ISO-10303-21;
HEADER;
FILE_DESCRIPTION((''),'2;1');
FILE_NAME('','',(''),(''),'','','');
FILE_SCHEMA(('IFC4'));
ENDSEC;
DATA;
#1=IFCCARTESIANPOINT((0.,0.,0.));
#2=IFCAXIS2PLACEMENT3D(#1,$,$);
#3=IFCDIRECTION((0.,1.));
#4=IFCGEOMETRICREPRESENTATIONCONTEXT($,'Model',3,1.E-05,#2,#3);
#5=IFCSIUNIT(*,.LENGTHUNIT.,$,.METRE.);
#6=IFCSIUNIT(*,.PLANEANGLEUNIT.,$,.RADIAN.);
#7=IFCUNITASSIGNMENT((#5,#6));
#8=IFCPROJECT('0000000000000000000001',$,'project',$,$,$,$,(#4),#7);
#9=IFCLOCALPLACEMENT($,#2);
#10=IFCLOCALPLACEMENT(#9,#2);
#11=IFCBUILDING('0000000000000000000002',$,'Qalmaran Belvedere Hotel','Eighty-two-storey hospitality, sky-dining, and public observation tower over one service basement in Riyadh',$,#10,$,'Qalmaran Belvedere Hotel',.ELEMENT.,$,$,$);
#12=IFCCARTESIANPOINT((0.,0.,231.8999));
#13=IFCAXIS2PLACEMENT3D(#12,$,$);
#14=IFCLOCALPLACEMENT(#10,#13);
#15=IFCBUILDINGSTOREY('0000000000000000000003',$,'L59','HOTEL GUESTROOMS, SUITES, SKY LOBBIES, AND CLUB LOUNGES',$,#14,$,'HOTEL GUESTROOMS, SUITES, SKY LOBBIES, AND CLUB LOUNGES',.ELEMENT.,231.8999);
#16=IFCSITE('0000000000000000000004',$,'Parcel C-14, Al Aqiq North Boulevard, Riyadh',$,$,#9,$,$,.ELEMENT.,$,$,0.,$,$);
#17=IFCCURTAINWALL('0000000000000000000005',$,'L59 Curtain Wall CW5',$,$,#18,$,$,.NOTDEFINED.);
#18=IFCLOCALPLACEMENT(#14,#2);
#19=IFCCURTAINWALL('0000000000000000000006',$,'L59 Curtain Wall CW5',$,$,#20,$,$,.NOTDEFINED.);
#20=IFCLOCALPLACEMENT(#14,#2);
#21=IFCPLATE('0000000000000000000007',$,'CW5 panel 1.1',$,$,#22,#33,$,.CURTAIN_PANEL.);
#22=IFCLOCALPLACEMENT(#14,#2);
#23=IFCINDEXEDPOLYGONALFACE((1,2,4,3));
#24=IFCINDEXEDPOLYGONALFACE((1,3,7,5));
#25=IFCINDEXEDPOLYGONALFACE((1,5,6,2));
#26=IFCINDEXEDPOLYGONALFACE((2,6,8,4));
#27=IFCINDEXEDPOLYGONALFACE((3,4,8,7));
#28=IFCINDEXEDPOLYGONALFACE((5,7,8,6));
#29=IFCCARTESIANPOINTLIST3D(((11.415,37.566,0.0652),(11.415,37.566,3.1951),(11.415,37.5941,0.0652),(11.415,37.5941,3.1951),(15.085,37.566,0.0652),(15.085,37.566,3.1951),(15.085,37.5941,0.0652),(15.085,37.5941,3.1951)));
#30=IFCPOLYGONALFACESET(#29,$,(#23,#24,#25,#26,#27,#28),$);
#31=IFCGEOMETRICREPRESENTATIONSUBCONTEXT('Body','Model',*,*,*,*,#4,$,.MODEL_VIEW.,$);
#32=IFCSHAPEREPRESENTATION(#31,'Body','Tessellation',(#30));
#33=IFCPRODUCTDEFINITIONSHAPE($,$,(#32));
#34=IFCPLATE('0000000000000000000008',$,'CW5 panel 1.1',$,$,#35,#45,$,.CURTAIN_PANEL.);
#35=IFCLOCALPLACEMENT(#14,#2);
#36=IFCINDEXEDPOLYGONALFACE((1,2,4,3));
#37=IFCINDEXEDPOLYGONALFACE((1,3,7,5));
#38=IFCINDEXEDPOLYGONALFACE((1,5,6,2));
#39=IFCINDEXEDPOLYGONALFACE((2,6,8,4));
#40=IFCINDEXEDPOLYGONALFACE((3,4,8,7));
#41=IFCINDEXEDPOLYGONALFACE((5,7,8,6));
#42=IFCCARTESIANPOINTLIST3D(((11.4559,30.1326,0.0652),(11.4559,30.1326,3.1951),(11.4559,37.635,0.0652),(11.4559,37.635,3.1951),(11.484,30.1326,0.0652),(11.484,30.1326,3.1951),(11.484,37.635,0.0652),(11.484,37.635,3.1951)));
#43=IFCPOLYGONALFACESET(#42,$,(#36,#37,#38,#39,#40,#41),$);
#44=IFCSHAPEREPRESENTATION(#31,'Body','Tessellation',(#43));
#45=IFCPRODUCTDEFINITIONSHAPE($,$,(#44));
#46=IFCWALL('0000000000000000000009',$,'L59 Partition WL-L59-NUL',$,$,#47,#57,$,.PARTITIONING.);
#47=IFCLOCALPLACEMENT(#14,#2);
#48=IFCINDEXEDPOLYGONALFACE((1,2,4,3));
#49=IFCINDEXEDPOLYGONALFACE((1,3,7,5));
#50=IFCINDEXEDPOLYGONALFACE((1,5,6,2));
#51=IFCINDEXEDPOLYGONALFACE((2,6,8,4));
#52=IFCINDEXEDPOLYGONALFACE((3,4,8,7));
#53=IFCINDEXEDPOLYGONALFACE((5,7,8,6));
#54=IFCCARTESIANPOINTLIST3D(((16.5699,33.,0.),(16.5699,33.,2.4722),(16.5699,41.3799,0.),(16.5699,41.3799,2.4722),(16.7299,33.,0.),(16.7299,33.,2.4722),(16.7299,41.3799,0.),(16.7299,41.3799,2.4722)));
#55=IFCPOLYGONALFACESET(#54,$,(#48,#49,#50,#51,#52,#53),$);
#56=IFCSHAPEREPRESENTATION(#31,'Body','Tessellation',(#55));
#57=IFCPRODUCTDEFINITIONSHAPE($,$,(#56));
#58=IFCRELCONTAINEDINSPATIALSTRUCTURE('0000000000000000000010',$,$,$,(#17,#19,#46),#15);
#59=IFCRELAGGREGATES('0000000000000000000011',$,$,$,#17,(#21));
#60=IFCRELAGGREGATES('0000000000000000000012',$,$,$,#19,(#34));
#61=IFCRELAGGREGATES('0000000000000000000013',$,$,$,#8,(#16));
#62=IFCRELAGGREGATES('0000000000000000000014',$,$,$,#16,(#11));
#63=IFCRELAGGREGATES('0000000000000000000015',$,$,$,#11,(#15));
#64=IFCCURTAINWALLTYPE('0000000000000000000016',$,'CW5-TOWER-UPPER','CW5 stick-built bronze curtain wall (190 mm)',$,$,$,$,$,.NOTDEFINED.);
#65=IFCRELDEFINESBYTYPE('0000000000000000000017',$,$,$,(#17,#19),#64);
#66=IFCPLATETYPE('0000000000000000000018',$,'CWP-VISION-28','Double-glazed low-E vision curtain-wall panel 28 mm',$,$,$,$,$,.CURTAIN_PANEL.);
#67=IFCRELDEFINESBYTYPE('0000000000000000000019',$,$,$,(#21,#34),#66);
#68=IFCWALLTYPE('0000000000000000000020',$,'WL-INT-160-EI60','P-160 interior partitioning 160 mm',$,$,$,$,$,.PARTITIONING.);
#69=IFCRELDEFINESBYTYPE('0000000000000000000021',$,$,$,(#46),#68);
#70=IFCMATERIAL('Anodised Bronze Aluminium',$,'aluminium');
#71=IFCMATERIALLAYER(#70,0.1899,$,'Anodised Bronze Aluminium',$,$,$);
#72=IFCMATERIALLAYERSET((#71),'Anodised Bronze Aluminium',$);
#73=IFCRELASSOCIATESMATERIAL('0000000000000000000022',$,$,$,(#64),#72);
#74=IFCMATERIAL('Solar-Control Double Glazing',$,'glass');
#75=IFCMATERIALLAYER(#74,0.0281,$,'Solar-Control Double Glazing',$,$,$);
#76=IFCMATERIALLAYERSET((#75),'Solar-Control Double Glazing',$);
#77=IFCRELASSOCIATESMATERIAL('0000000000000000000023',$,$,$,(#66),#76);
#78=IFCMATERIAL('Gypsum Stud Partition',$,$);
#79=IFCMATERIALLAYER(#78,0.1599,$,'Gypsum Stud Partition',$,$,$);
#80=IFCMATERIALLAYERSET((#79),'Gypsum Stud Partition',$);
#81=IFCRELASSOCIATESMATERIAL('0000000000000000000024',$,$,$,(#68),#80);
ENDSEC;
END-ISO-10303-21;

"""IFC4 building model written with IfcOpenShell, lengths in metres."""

from ifc_helpers import new_model, si_unit, direction, frame, frame_2d, origin, origin_2d, place, context, subcontext, project, spatial, rectangle, extrude, material, layer, layer_set, type_object, element, aggregate, save


model = new_model("IFC4")

# Units and contexts
model_context = context("Model", 3, precision=1e-05, world=origin(), true_north=direction((0.0, 1.0)))
body_context = subcontext(model_context, "Body", "Model", "MODEL_VIEW")
ifc_project = project(units=[si_unit("LENGTHUNIT", "METRE"), si_unit("PLANEANGLEUNIT", "RADIAN")], contexts=[model_context])

# Site, building, storey
site_placement = place(None, origin())
site = spatial("IfcSite", under=ifc_project, at=site_placement, Name="Parcel C-14, Al Aqiq North Boulevard, Riyadh", CompositionType="ELEMENT", RefElevation=0.0)
building_placement = place(site_placement, origin())
building = spatial("IfcBuilding", under=site, at=building_placement, Name="Qalmaran Belvedere Hotel", Description="Eighty-two-storey hospitality, sky-dining, and public observation tower over one service basement in Riyadh", LongName="Qalmaran Belvedere Hotel", CompositionType="ELEMENT")
storey_placement = place(building_placement, frame((0.0, 0.0, 231.8999)))
storey = spatial("IfcBuildingStorey", under=building, at=storey_placement, Name="L59", Description="HOTEL GUESTROOMS, SUITES, SKY LOBBIES, AND CLUB LOUNGES", LongName="HOTEL GUESTROOMS, SUITES, SKY LOBBIES, AND CLUB LOUNGES", CompositionType="ELEMENT", Elevation=231.8999)

# Shared definitions
ifc_material_1 = material(Name="Anodised Bronze Aluminium", Category="aluminium")
ifc_layer_1 = layer(ifc_material_1, 0.1899, Name="Anodised Bronze Aluminium")
ifc_layer_set_1 = layer_set([ifc_layer_1], Name="Anodised Bronze Aluminium")
curtain_wall_type = type_object("IfcCurtainWallType", Name="CW5-TOWER-UPPER", Description="CW5 stick-built bronze curtain wall (190 mm)", PredefinedType="NOTDEFINED", material=ifc_layer_set_1)

# Curtain wall
curtain_wall_1_placement = place(storey_placement, origin())
curtain_wall_1 = element("IfcCurtainWall", 1, at=curtain_wall_1_placement, inside=storey, type_object=curtain_wall_type, Name="L59 Curtain Wall CW5", PredefinedType="NOTDEFINED")

# Curtain wall
curtain_wall_2_placement = place(storey_placement, origin())
curtain_wall_2 = element("IfcCurtainWall", 2, at=curtain_wall_2_placement, inside=storey, type_object=curtain_wall_type, Name="L59 Curtain Wall CW5", PredefinedType="NOTDEFINED")

# Plates
ifc_material_2 = material(Name="Solar-Control Double Glazing", Category="glass")
ifc_layer_2 = layer(ifc_material_2, 0.0281, Name="Solar-Control Double Glazing")
ifc_layer_set_2 = layer_set([ifc_layer_2], Name="Solar-Control Double Glazing")
plate_type = type_object("IfcPlateType", Name="CWP-VISION-28", Description="Double-glazed low-E vision curtain-wall panel 28 mm", PredefinedType="CURTAIN_PANEL", material=ifc_layer_set_2)
plate_1_placement = place(storey_placement, frame((13.25, 37.5801, 0.0652), z_axis=(0.0, 0.0, 1.0), x_axis=(-1.0, 0.0, 0.0)))
plate_1 = element("IfcPlate", 3, at=plate_1_placement, type_object=plate_type, Name="CW5 panel 1.1", PredefinedType="CURTAIN_PANEL", context=body_context, shape_type="SweptSolid", body=[
    extrude(rectangle(XDim=3.6699, YDim=0.0281, at=origin_2d()), origin(), (0.0, 0.0, 1.0), 3.1299),
])
aggregate(curtain_wall_1, [plate_1])
plate_2_placement = place(storey_placement, frame((11.47, 33.8838, 0.0652), z_axis=(0.0, 0.0, 1.0), x_axis=(0.0, -1.0, 0.0)))
plate_2 = element("IfcPlate", 4, at=plate_2_placement, type_object=plate_type, Name="CW5 panel 1.1", PredefinedType="CURTAIN_PANEL", context=body_context, shape_type="SweptSolid", body=[
    extrude(rectangle(XDim=7.5024, YDim=0.0281, at=origin_2d()), origin(), (0.0, 0.0, 1.0), 3.1299),
])
aggregate(curtain_wall_2, [plate_2])

# Wall
ifc_material_3 = material(Name="Gypsum Stud Partition")
ifc_layer_3 = layer(ifc_material_3, 0.1599, Name="Gypsum Stud Partition")
ifc_layer_set_3 = layer_set([ifc_layer_3], Name="Gypsum Stud Partition")
wall_type = type_object("IfcWallType", Name="WL-INT-160-EI60", Description="P-160 interior partitioning 160 mm", PredefinedType="PARTITIONING", material=ifc_layer_set_3)
wall_placement = place(storey_placement, frame((16.6499, 33.0, 0.0), z_axis=(0.0, 0.0, 1.0), x_axis=(0.0, 1.0, 0.0)))
element("IfcWall", 5, at=wall_placement, inside=storey, type_object=wall_type, Name="L59 Partition WL-L59-NUL", PredefinedType="PARTITIONING", context=body_context, shape_type="SweptSolid", body=[
    extrude(rectangle(XDim=8.3799, YDim=0.1599, at=frame_2d((4.1899, 0.0))), origin(), (0.0, 0.0, 1.0), 2.4722),
])

save(model, "model.ifc")
